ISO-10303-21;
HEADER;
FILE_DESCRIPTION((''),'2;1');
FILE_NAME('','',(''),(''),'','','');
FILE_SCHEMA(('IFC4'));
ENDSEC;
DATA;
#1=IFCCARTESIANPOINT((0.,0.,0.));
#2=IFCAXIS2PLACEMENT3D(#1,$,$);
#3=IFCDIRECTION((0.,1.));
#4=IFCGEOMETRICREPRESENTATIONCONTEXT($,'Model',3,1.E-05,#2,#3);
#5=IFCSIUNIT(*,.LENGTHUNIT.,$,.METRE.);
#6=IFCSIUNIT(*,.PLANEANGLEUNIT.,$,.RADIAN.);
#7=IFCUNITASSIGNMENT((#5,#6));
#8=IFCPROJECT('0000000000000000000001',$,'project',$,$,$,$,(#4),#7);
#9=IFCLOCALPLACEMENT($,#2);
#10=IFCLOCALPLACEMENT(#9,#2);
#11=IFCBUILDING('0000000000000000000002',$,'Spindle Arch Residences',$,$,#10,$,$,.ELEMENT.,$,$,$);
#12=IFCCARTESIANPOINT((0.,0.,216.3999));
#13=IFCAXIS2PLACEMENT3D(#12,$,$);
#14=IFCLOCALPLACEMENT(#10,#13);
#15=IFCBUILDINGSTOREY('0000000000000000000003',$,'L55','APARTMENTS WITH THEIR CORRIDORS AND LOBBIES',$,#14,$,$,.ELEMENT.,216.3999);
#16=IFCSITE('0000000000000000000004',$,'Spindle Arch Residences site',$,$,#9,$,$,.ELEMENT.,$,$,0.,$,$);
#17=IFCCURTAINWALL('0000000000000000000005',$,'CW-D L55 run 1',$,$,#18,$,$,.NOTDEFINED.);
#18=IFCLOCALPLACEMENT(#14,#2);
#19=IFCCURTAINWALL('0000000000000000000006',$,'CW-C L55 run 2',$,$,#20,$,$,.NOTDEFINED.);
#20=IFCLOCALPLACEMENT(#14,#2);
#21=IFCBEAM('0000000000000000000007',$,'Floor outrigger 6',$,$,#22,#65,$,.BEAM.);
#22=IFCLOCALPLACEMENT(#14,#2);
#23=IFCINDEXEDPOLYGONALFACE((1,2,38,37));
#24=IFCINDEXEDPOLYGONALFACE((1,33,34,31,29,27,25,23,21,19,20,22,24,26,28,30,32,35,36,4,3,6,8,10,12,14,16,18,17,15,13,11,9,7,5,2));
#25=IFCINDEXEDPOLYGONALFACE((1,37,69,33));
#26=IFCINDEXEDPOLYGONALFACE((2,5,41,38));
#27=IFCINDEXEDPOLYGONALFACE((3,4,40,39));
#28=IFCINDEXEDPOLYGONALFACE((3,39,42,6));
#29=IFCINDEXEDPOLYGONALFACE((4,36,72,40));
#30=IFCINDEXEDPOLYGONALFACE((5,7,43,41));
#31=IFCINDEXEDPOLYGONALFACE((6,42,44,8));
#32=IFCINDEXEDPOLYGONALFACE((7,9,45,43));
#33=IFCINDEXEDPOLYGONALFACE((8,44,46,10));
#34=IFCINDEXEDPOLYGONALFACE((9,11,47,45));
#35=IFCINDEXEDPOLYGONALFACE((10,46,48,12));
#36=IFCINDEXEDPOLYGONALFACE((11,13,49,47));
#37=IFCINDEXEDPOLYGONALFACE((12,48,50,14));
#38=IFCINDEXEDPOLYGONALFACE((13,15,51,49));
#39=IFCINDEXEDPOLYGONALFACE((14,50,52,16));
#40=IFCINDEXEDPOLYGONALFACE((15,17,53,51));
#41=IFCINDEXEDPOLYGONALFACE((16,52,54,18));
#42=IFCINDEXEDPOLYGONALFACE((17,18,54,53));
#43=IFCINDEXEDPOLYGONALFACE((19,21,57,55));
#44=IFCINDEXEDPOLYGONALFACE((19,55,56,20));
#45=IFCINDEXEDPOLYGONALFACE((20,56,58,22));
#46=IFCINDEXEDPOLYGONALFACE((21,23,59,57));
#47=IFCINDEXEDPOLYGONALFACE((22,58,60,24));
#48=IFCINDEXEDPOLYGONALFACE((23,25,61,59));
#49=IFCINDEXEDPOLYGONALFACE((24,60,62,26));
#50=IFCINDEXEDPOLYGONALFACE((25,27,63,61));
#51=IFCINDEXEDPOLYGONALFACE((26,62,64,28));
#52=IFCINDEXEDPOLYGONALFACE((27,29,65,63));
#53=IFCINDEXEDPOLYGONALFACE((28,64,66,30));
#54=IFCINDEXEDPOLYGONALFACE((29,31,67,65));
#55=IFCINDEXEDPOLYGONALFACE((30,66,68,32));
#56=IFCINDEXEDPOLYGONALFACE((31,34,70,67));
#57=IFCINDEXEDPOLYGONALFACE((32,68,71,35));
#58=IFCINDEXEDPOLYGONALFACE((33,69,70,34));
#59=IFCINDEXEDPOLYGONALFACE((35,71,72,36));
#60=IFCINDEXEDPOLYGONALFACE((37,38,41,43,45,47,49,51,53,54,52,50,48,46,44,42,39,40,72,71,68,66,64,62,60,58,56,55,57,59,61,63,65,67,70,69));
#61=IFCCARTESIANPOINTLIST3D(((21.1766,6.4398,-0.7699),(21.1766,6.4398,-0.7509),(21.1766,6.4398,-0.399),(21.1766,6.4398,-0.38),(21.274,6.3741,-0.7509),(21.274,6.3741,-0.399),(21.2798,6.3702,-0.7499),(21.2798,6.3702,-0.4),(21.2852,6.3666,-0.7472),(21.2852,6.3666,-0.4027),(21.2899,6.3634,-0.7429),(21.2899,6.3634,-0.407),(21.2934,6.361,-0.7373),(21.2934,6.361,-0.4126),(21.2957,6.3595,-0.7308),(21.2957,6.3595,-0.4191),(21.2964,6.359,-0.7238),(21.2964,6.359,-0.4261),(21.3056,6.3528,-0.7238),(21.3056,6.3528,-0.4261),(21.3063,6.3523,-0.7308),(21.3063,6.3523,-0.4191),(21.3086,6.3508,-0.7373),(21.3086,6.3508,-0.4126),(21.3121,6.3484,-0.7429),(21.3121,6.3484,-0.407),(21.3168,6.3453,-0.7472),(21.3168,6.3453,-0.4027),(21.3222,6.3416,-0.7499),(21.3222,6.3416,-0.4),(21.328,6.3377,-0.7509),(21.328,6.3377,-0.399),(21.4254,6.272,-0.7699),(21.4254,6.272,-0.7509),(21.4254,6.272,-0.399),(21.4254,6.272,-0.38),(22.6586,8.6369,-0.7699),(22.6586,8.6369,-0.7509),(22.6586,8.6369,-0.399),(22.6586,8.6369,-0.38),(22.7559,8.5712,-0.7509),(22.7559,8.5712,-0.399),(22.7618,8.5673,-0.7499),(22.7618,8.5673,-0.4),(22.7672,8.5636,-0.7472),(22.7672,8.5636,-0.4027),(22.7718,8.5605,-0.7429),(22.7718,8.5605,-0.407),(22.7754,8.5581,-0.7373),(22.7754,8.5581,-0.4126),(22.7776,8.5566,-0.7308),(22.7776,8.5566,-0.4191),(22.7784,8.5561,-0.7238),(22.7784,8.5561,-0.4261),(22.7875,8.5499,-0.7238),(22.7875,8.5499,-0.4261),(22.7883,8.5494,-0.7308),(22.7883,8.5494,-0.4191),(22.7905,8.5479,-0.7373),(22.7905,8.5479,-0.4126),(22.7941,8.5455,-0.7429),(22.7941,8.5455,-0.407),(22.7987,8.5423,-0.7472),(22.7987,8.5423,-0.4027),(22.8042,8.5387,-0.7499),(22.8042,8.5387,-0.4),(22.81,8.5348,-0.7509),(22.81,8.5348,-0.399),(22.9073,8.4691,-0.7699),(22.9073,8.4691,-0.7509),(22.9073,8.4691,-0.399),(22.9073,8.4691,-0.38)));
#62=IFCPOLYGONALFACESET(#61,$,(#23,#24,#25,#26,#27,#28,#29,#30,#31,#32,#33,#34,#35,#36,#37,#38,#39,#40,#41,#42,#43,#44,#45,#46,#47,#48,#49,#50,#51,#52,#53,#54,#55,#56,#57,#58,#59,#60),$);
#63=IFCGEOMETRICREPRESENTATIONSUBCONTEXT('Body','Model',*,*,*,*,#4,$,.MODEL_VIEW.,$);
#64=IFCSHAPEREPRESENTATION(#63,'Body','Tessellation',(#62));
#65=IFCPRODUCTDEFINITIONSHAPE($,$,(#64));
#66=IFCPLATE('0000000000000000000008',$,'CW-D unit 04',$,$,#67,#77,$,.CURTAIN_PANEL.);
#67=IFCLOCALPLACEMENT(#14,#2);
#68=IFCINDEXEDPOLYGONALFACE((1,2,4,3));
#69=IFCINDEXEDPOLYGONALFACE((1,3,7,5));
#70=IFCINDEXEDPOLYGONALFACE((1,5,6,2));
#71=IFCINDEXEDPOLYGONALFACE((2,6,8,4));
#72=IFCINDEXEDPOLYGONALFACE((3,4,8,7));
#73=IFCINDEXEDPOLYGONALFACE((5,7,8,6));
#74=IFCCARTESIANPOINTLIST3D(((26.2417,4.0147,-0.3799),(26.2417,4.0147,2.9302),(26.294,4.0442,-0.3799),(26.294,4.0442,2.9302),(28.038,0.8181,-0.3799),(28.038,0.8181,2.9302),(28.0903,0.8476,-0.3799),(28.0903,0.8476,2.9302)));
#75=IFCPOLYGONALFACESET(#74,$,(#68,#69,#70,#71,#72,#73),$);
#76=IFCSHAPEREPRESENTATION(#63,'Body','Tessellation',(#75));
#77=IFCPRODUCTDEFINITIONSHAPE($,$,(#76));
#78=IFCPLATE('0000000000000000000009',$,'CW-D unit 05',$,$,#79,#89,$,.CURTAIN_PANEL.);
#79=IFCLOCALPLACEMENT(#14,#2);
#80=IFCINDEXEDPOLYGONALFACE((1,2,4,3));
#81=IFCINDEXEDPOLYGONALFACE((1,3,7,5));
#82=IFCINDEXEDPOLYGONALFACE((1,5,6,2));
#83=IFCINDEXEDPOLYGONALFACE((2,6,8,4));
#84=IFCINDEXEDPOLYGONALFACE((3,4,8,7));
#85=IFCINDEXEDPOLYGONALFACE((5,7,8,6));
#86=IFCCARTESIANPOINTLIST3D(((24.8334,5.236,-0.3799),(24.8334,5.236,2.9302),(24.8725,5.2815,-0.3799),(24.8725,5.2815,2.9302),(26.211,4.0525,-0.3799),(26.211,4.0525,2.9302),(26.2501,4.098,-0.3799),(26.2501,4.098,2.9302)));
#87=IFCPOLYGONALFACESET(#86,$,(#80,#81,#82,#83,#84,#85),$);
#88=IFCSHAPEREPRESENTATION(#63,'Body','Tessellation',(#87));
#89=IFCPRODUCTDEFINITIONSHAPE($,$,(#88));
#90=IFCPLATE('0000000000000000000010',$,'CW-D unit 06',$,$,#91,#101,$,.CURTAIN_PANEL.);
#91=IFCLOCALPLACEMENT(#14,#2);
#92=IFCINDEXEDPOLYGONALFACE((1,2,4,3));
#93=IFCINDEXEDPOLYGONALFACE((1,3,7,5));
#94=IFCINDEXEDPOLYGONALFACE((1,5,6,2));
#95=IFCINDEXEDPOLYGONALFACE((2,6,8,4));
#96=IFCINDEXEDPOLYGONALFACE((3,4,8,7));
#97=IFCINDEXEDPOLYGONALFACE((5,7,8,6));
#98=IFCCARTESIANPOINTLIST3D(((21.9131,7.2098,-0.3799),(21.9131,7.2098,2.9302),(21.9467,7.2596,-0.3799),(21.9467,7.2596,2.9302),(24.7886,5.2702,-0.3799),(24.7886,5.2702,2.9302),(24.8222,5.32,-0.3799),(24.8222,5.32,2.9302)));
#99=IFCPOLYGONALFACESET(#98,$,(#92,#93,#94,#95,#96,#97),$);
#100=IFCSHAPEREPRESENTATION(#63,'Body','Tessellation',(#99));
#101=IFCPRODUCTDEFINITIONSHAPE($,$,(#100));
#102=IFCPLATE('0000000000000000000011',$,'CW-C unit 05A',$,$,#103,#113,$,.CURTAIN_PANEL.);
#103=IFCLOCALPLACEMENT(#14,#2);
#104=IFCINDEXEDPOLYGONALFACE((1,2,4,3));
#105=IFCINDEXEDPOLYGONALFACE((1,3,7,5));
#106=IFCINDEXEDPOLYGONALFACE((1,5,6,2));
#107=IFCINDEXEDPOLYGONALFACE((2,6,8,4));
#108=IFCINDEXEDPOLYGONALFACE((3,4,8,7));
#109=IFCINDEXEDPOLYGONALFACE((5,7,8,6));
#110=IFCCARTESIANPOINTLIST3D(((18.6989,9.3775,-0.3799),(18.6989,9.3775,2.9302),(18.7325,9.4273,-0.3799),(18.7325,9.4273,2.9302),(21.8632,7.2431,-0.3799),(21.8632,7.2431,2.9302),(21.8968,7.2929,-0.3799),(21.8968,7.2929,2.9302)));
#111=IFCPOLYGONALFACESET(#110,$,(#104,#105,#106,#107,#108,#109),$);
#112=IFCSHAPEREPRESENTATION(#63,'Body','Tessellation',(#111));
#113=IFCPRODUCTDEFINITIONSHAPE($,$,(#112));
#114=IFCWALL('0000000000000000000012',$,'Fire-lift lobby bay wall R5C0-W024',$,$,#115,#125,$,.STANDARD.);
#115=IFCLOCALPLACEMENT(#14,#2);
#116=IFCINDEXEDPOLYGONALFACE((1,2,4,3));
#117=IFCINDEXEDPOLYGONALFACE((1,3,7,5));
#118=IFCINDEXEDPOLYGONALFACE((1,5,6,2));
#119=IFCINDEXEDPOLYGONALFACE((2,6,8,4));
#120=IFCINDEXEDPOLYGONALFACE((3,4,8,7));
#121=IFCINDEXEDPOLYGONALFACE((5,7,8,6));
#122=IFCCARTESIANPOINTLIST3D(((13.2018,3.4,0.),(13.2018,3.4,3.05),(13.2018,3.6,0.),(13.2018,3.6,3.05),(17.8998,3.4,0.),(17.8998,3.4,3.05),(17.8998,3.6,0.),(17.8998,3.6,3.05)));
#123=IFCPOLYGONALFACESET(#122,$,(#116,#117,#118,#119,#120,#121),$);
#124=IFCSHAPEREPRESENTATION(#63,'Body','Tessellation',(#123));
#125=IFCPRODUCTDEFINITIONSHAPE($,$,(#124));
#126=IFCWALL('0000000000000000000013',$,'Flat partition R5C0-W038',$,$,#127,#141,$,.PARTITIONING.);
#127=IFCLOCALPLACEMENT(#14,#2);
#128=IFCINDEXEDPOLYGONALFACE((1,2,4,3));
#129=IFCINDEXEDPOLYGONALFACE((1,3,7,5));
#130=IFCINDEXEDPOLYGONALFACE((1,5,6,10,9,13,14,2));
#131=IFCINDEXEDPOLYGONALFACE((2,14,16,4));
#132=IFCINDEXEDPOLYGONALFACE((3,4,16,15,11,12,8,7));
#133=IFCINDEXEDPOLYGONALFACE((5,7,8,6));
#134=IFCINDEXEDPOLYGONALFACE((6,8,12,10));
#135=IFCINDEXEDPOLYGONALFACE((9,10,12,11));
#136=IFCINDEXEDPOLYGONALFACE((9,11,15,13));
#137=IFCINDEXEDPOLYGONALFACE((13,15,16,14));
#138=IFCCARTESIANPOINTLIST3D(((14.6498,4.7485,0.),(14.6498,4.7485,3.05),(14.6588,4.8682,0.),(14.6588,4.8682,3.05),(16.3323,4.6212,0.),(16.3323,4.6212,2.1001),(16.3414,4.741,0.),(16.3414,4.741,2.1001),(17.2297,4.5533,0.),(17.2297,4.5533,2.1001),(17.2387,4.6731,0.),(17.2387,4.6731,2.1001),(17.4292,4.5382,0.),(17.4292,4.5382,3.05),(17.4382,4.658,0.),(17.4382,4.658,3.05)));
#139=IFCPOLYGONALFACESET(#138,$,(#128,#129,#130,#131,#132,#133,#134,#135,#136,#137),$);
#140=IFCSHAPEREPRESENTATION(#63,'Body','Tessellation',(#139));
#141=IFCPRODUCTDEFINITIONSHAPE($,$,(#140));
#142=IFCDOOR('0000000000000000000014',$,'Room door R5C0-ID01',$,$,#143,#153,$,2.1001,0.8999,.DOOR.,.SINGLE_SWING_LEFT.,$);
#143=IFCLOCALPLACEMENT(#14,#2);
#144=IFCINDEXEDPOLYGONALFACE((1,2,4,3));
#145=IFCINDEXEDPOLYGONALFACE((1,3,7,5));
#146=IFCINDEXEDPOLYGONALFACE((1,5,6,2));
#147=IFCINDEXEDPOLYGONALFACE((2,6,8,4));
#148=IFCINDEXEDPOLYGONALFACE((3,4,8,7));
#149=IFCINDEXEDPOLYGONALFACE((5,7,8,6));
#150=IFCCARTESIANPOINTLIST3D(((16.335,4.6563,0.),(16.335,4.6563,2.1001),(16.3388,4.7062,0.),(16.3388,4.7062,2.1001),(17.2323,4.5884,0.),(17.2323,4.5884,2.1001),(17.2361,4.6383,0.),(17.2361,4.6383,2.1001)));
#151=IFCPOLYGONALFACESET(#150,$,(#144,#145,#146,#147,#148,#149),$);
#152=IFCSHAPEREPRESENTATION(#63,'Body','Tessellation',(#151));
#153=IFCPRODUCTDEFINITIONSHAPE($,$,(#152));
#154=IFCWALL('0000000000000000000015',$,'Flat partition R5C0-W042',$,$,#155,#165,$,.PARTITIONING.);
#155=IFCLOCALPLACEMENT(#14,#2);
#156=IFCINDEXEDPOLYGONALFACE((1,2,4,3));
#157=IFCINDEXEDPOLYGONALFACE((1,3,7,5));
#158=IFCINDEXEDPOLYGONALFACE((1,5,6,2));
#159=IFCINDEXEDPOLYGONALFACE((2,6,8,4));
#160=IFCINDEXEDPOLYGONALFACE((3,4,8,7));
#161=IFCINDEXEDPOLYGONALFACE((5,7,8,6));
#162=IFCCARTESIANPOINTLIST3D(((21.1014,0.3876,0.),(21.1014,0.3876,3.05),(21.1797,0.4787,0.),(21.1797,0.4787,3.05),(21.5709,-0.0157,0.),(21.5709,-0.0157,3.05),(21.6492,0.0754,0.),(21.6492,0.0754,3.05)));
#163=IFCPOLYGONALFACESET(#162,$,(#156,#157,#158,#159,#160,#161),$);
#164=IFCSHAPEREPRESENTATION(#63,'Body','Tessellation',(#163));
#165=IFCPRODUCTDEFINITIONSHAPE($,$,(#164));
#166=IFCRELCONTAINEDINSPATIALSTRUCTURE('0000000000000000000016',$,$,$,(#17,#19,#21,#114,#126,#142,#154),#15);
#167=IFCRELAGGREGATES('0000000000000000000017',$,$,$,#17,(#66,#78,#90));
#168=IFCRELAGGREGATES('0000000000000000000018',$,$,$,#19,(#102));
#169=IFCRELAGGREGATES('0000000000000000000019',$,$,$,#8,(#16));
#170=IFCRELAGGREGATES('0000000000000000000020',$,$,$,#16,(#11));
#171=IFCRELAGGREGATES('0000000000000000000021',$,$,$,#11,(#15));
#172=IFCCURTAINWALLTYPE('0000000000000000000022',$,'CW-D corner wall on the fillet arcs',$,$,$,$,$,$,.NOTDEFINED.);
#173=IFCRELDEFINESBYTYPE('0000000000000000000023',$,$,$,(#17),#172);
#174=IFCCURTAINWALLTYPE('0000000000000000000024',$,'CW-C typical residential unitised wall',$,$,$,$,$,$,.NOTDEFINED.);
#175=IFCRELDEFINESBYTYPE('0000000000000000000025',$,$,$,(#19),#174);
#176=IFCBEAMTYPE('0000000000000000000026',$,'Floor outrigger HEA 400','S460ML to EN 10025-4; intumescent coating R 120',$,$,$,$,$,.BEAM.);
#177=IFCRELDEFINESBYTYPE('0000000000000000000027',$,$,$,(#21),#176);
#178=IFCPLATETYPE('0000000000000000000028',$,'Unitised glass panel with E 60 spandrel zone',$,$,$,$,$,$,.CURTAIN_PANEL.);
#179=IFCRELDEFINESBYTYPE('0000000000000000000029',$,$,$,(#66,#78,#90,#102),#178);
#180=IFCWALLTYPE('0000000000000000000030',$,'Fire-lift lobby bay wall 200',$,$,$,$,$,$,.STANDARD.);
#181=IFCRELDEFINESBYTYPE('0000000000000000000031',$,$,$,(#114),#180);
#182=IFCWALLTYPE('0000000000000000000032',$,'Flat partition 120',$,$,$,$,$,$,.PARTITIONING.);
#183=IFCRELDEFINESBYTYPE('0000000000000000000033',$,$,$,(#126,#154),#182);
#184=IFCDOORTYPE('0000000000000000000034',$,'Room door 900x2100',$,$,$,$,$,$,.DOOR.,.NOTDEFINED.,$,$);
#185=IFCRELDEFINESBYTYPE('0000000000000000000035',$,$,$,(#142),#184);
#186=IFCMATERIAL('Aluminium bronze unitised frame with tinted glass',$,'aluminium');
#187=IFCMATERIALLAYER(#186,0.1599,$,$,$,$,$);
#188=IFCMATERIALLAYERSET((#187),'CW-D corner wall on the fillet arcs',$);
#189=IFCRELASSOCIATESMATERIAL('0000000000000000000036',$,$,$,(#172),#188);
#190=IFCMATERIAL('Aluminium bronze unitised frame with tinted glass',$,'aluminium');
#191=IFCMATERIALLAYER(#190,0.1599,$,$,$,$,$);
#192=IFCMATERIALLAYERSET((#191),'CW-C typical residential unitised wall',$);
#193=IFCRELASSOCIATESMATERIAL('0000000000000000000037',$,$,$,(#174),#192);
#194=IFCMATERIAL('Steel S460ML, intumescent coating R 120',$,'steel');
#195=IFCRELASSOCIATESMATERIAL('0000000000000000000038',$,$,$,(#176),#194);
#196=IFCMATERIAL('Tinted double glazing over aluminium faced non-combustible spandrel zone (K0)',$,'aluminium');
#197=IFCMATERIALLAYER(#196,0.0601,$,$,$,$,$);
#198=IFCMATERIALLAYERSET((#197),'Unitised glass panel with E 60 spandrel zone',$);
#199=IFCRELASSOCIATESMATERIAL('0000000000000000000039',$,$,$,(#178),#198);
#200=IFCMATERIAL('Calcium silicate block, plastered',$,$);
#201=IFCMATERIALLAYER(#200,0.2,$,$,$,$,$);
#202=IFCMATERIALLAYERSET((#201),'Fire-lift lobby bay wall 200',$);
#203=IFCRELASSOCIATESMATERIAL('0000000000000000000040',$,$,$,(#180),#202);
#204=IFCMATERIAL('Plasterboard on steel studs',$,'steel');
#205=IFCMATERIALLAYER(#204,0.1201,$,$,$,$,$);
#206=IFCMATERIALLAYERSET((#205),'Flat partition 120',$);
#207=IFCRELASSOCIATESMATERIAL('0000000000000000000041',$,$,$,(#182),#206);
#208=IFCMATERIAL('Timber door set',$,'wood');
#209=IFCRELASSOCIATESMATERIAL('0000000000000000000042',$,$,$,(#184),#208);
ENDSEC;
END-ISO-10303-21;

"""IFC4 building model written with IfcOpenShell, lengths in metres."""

from ifc_helpers import new_model, si_unit, direction, frame, frame_2d, origin, origin_2d, place, context, subcontext, project, spatial, rectangle, i_section, extrude, material, layer, layer_set, material_profile, profile_set, type_object, element, fill, aggregate, save


model = new_model("IFC4")

# Units and contexts
model_context = context("Model", 3, precision=1e-05, world=origin(), true_north=direction((0.0, 1.0)))
body_context = subcontext(model_context, "Body", "Model", "MODEL_VIEW")
ifc_project = project(units=[si_unit("LENGTHUNIT", "METRE"), si_unit("PLANEANGLEUNIT", "RADIAN")], contexts=[model_context])

# Site, building, storey
site_placement = place(None, origin())
site = spatial("IfcSite", under=ifc_project, at=site_placement, Name="Spindle Arch Residences site", CompositionType="ELEMENT", RefElevation=0.0)
building_placement = place(site_placement, origin())
building = spatial("IfcBuilding", under=site, at=building_placement, Name="Spindle Arch Residences", CompositionType="ELEMENT")
storey_placement = place(building_placement, frame((0.0, 0.0, 216.3999)))
storey = spatial("IfcBuildingStorey", under=building, at=storey_placement, Name="L55", Description="APARTMENTS WITH THEIR CORRIDORS AND LOBBIES", CompositionType="ELEMENT", Elevation=216.3999)

# Curtain wall
ifc_material_1 = material(Name="Aluminium bronze unitised frame with tinted glass", Category="aluminium")
ifc_layer_1 = layer(ifc_material_1, 0.1599)
ifc_layer_set_1 = layer_set([ifc_layer_1], Name="CW-D corner wall on the fillet arcs")
curtain_wall_type_1 = type_object("IfcCurtainWallType", Name="CW-D corner wall on the fillet arcs", PredefinedType="NOTDEFINED", material=ifc_layer_set_1)
curtain_wall_1_placement = place(storey_placement, origin())
curtain_wall_1 = element("IfcCurtainWall", 1, at=curtain_wall_1_placement, inside=storey, type_object=curtain_wall_type_1, Name="CW-D L55 run 1", PredefinedType="NOTDEFINED")

# Curtain wall
ifc_material_2 = material(Name="Aluminium bronze unitised frame with tinted glass", Category="aluminium")
ifc_layer_2 = layer(ifc_material_2, 0.1599)
ifc_layer_set_2 = layer_set([ifc_layer_2], Name="CW-C typical residential unitised wall")
curtain_wall_type_2 = type_object("IfcCurtainWallType", Name="CW-C typical residential unitised wall", PredefinedType="NOTDEFINED", material=ifc_layer_set_2)
curtain_wall_2_placement = place(storey_placement, origin())
curtain_wall_2 = element("IfcCurtainWall", 2, at=curtain_wall_2_placement, inside=storey, type_object=curtain_wall_type_2, Name="CW-C L55 run 2", PredefinedType="NOTDEFINED")

# Beam
ifc_material_3 = material(Name="Steel S460ML, intumescent coating R 120", Category="steel")
ifc_material_profile_1 = material_profile(ifc_material_3, i_section(OverallWidth=0.3, OverallDepth=0.3899, WebThickness=0.011, FlangeThickness=0.019, FilletRadius=0.0271, at=origin_2d()), Name="HEA 400")
ifc_profile_set_1 = profile_set([ifc_material_profile_1], Name="Steel S460ML, intumescent coating R 120")
beam_type_1 = type_object("IfcBeamType", Name="Floor outrigger HEA 400", Description="S460ML to EN 10025-4; intumescent coating R 120", PredefinedType="BEAM", material=ifc_profile_set_1)
beam_1_placement = place(storey_placement, frame((22.783, 8.553, -0.575), z_axis=(-0.559199, -0.829033, 0.0), x_axis=(0.829033, -0.559199, 0.0)))
element("IfcBeam", 3, at=beam_1_placement, inside=storey, type_object=beam_type_1, Name="Floor outrigger 6", PredefinedType="BEAM", context=body_context, shape_type="SweptSolid", body=[
    extrude(i_section(OverallWidth=0.3, OverallDepth=0.3899, WebThickness=0.011, FlangeThickness=0.019, FilletRadius=0.0271, at=origin_2d()), origin(), (0.0, 0.0, 1.0), 2.6501),
])

# Plates
ifc_material_4 = material(Name="Tinted double glazing over aluminium faced non-combustible spandrel zone (K0)", Category="aluminium")
ifc_layer_3 = layer(ifc_material_4, 0.0601)
ifc_layer_set_3 = layer_set([ifc_layer_3], Name="Unitised glass panel with E 60 spandrel zone")
plate_type = type_object("IfcPlateType", Name="Unitised glass panel with E 60 spandrel zone", PredefinedType="CURTAIN_PANEL", material=ifc_layer_set_3)
plate_1_placement = place(storey_placement, frame((27.166, 2.4312, -0.3799), z_axis=(0.0, 0.0, 1.0), x_axis=(-0.48989, 0.871784, 0.0)))
plate_1 = element("IfcPlate", 4, at=plate_1_placement, type_object=plate_type, Name="CW-D unit 04", PredefinedType="CURTAIN_PANEL", context=body_context, shape_type="SweptSolid", body=[
    extrude(rectangle(XDim=3.6667, YDim=0.0601, at=origin_2d()), origin(), (0.0, 0.0, 1.0), 3.3101),
])
plate_2_placement = place(storey_placement, frame((25.5417, 4.667, -0.3799), z_axis=(0.0, 0.0, 1.0), x_axis=(-0.758514, 0.651657, 0.0)))
plate_2 = element("IfcPlate", 5, at=plate_2_placement, type_object=plate_type, Name="CW-D unit 05", PredefinedType="CURTAIN_PANEL", context=body_context, shape_type="SweptSolid", body=[
    extrude(rectangle(XDim=1.8162, YDim=0.0601, at=origin_2d()), origin(), (0.0, 0.0, 1.0), 3.3101),
])
plate_3_placement = place(storey_placement, frame((23.3677, 6.2649, -0.3799), z_axis=(0.0, 0.0, 1.0), x_axis=(-0.829038, 0.559193, 0.0)))
plate_3 = element("IfcPlate", 6, at=plate_3_placement, type_object=plate_type, Name="CW-D unit 06", PredefinedType="CURTAIN_PANEL", context=body_context, shape_type="SweptSolid", body=[
    extrude(rectangle(XDim=3.4685, YDim=0.0601, at=origin_2d()), origin(), (0.0, 0.0, 1.0), 3.3101),
])
aggregate(curtain_wall_1, [plate_1, plate_2, plate_3])
plate_4_placement = place(storey_placement, frame((20.2979, 8.3352, -0.3799), z_axis=(0.0, 0.0, 1.0), x_axis=(-0.829038, 0.559193, 0.0)))
plate_4 = element("IfcPlate", 7, at=plate_4_placement, type_object=plate_type, Name="CW-C unit 05A", PredefinedType="CURTAIN_PANEL", context=body_context, shape_type="SweptSolid", body=[
    extrude(rectangle(XDim=3.8169, YDim=0.0601, at=origin_2d()), origin(), (0.0, 0.0, 1.0), 3.3101),
])
aggregate(curtain_wall_2, [plate_4])

# Wall
ifc_material_5 = material(Name="Calcium silicate block, plastered")
ifc_layer_4 = layer(ifc_material_5, 0.2)
ifc_layer_set_4 = layer_set([ifc_layer_4], Name="Fire-lift lobby bay wall 200")
wall_type_1 = type_object("IfcWallType", Name="Fire-lift lobby bay wall 200", PredefinedType="STANDARD", material=ifc_layer_set_4)
wall_1_placement = place(storey_placement, frame((17.8999, 3.5, 0.0), z_axis=(0.0, 0.0, 1.0), x_axis=(-1.0, 0.0, 0.0)))
element("IfcWall", 8, at=wall_1_placement, inside=storey, type_object=wall_type_1, Name="Fire-lift lobby bay wall R5C0-W024", PredefinedType="STANDARD", context=body_context, shape_type="SweptSolid", body=[
    extrude(rectangle(XDim=4.698, YDim=0.2, at=frame_2d((2.3491, 0.0))), origin(), (0.0, 0.0, 1.0), 3.05),
])

# Wall, opening, door
ifc_material_6 = material(Name="Plasterboard on steel studs", Category="steel")
ifc_layer_5 = layer(ifc_material_6, 0.1201)
ifc_layer_set_5 = layer_set([ifc_layer_5], Name="Flat partition 120")
wall_type_2 = type_object("IfcWallType", Name="Flat partition 120", PredefinedType="PARTITIONING", material=ifc_layer_set_5)
wall_2_placement = place(storey_placement, frame((17.4336, 4.5981, 0.0), z_axis=(0.0, 0.0, 1.0), x_axis=(-0.997152, 0.075417, 0.0)))
wall_2 = element("IfcWall", 9, at=wall_2_placement, inside=storey, type_object=wall_type_2, Name="Flat partition R5C0-W038", PredefinedType="PARTITIONING", context=body_context, shape_type="SweptSolid", body=[
    extrude(rectangle(XDim=2.7874, YDim=0.1201, at=frame_2d((1.3936, 0.0))), origin(), (0.0, 0.0, 1.0), 3.05),
])
opening_1_placement = place(wall_2_placement, frame((0.2, 0.0, 0.0)))
opening_1 = element("IfcOpeningElement", 10, at=opening_1_placement, cuts=wall_2, PredefinedType="OPENING", context=body_context, shape_type="SweptSolid", body=[
    extrude(rectangle(XDim=0.8999, YDim=2.1001, at=frame_2d((0.45, 1.05))), frame((0.0, 0.0701, 0.0), z_axis=(0.0, -1.0, 0.0), x_axis=(1.0, 0.0, 0.0)), (0.0, 0.0, 1.0), 0.1401),
])
ifc_material_7 = material(Name="Timber door set", Category="wood")
door_type_1 = type_object("IfcDoorType", Name="Room door 900x2100", OperationType="NOTDEFINED", PredefinedType="DOOR", material=ifc_material_7)
door_1_placement = place(opening_1_placement, origin())
door_1 = element("IfcDoor", 11, at=door_1_placement, inside=storey, type_object=door_type_1, Name="Room door R5C0-ID01", OperationType="SINGLE_SWING_LEFT", OverallHeight=2.1001, OverallWidth=0.8999, PredefinedType="DOOR", context=body_context, shape_type="SweptSolid", body=[
    extrude(rectangle(XDim=0.8999, YDim=2.1001, at=frame_2d((0.45, 1.05))), frame((0.0, 0.0249, 0.0), z_axis=(0.0, -1.0, 0.0), x_axis=(1.0, 0.0, 0.0)), (0.0, 0.0, 1.0), 0.05),
])
fill(opening_1, door_1)

# Wall
wall_3_placement = place(storey_placement, frame((21.6101, 0.0298, 0.0), z_axis=(0.0, 0.0, 1.0), x_axis=(-0.758532, 0.651636, 0.0)))
element("IfcWall", 12, at=wall_3_placement, inside=storey, type_object=wall_type_2, Name="Flat partition R5C0-W042", PredefinedType="PARTITIONING", context=body_context, shape_type="SweptSolid", body=[
    extrude(rectangle(XDim=0.6189, YDim=0.1201, at=frame_2d((0.3096, 0.0))), origin(), (0.0, 0.0, 1.0), 3.05),
])

save(model, "model.ifc")
